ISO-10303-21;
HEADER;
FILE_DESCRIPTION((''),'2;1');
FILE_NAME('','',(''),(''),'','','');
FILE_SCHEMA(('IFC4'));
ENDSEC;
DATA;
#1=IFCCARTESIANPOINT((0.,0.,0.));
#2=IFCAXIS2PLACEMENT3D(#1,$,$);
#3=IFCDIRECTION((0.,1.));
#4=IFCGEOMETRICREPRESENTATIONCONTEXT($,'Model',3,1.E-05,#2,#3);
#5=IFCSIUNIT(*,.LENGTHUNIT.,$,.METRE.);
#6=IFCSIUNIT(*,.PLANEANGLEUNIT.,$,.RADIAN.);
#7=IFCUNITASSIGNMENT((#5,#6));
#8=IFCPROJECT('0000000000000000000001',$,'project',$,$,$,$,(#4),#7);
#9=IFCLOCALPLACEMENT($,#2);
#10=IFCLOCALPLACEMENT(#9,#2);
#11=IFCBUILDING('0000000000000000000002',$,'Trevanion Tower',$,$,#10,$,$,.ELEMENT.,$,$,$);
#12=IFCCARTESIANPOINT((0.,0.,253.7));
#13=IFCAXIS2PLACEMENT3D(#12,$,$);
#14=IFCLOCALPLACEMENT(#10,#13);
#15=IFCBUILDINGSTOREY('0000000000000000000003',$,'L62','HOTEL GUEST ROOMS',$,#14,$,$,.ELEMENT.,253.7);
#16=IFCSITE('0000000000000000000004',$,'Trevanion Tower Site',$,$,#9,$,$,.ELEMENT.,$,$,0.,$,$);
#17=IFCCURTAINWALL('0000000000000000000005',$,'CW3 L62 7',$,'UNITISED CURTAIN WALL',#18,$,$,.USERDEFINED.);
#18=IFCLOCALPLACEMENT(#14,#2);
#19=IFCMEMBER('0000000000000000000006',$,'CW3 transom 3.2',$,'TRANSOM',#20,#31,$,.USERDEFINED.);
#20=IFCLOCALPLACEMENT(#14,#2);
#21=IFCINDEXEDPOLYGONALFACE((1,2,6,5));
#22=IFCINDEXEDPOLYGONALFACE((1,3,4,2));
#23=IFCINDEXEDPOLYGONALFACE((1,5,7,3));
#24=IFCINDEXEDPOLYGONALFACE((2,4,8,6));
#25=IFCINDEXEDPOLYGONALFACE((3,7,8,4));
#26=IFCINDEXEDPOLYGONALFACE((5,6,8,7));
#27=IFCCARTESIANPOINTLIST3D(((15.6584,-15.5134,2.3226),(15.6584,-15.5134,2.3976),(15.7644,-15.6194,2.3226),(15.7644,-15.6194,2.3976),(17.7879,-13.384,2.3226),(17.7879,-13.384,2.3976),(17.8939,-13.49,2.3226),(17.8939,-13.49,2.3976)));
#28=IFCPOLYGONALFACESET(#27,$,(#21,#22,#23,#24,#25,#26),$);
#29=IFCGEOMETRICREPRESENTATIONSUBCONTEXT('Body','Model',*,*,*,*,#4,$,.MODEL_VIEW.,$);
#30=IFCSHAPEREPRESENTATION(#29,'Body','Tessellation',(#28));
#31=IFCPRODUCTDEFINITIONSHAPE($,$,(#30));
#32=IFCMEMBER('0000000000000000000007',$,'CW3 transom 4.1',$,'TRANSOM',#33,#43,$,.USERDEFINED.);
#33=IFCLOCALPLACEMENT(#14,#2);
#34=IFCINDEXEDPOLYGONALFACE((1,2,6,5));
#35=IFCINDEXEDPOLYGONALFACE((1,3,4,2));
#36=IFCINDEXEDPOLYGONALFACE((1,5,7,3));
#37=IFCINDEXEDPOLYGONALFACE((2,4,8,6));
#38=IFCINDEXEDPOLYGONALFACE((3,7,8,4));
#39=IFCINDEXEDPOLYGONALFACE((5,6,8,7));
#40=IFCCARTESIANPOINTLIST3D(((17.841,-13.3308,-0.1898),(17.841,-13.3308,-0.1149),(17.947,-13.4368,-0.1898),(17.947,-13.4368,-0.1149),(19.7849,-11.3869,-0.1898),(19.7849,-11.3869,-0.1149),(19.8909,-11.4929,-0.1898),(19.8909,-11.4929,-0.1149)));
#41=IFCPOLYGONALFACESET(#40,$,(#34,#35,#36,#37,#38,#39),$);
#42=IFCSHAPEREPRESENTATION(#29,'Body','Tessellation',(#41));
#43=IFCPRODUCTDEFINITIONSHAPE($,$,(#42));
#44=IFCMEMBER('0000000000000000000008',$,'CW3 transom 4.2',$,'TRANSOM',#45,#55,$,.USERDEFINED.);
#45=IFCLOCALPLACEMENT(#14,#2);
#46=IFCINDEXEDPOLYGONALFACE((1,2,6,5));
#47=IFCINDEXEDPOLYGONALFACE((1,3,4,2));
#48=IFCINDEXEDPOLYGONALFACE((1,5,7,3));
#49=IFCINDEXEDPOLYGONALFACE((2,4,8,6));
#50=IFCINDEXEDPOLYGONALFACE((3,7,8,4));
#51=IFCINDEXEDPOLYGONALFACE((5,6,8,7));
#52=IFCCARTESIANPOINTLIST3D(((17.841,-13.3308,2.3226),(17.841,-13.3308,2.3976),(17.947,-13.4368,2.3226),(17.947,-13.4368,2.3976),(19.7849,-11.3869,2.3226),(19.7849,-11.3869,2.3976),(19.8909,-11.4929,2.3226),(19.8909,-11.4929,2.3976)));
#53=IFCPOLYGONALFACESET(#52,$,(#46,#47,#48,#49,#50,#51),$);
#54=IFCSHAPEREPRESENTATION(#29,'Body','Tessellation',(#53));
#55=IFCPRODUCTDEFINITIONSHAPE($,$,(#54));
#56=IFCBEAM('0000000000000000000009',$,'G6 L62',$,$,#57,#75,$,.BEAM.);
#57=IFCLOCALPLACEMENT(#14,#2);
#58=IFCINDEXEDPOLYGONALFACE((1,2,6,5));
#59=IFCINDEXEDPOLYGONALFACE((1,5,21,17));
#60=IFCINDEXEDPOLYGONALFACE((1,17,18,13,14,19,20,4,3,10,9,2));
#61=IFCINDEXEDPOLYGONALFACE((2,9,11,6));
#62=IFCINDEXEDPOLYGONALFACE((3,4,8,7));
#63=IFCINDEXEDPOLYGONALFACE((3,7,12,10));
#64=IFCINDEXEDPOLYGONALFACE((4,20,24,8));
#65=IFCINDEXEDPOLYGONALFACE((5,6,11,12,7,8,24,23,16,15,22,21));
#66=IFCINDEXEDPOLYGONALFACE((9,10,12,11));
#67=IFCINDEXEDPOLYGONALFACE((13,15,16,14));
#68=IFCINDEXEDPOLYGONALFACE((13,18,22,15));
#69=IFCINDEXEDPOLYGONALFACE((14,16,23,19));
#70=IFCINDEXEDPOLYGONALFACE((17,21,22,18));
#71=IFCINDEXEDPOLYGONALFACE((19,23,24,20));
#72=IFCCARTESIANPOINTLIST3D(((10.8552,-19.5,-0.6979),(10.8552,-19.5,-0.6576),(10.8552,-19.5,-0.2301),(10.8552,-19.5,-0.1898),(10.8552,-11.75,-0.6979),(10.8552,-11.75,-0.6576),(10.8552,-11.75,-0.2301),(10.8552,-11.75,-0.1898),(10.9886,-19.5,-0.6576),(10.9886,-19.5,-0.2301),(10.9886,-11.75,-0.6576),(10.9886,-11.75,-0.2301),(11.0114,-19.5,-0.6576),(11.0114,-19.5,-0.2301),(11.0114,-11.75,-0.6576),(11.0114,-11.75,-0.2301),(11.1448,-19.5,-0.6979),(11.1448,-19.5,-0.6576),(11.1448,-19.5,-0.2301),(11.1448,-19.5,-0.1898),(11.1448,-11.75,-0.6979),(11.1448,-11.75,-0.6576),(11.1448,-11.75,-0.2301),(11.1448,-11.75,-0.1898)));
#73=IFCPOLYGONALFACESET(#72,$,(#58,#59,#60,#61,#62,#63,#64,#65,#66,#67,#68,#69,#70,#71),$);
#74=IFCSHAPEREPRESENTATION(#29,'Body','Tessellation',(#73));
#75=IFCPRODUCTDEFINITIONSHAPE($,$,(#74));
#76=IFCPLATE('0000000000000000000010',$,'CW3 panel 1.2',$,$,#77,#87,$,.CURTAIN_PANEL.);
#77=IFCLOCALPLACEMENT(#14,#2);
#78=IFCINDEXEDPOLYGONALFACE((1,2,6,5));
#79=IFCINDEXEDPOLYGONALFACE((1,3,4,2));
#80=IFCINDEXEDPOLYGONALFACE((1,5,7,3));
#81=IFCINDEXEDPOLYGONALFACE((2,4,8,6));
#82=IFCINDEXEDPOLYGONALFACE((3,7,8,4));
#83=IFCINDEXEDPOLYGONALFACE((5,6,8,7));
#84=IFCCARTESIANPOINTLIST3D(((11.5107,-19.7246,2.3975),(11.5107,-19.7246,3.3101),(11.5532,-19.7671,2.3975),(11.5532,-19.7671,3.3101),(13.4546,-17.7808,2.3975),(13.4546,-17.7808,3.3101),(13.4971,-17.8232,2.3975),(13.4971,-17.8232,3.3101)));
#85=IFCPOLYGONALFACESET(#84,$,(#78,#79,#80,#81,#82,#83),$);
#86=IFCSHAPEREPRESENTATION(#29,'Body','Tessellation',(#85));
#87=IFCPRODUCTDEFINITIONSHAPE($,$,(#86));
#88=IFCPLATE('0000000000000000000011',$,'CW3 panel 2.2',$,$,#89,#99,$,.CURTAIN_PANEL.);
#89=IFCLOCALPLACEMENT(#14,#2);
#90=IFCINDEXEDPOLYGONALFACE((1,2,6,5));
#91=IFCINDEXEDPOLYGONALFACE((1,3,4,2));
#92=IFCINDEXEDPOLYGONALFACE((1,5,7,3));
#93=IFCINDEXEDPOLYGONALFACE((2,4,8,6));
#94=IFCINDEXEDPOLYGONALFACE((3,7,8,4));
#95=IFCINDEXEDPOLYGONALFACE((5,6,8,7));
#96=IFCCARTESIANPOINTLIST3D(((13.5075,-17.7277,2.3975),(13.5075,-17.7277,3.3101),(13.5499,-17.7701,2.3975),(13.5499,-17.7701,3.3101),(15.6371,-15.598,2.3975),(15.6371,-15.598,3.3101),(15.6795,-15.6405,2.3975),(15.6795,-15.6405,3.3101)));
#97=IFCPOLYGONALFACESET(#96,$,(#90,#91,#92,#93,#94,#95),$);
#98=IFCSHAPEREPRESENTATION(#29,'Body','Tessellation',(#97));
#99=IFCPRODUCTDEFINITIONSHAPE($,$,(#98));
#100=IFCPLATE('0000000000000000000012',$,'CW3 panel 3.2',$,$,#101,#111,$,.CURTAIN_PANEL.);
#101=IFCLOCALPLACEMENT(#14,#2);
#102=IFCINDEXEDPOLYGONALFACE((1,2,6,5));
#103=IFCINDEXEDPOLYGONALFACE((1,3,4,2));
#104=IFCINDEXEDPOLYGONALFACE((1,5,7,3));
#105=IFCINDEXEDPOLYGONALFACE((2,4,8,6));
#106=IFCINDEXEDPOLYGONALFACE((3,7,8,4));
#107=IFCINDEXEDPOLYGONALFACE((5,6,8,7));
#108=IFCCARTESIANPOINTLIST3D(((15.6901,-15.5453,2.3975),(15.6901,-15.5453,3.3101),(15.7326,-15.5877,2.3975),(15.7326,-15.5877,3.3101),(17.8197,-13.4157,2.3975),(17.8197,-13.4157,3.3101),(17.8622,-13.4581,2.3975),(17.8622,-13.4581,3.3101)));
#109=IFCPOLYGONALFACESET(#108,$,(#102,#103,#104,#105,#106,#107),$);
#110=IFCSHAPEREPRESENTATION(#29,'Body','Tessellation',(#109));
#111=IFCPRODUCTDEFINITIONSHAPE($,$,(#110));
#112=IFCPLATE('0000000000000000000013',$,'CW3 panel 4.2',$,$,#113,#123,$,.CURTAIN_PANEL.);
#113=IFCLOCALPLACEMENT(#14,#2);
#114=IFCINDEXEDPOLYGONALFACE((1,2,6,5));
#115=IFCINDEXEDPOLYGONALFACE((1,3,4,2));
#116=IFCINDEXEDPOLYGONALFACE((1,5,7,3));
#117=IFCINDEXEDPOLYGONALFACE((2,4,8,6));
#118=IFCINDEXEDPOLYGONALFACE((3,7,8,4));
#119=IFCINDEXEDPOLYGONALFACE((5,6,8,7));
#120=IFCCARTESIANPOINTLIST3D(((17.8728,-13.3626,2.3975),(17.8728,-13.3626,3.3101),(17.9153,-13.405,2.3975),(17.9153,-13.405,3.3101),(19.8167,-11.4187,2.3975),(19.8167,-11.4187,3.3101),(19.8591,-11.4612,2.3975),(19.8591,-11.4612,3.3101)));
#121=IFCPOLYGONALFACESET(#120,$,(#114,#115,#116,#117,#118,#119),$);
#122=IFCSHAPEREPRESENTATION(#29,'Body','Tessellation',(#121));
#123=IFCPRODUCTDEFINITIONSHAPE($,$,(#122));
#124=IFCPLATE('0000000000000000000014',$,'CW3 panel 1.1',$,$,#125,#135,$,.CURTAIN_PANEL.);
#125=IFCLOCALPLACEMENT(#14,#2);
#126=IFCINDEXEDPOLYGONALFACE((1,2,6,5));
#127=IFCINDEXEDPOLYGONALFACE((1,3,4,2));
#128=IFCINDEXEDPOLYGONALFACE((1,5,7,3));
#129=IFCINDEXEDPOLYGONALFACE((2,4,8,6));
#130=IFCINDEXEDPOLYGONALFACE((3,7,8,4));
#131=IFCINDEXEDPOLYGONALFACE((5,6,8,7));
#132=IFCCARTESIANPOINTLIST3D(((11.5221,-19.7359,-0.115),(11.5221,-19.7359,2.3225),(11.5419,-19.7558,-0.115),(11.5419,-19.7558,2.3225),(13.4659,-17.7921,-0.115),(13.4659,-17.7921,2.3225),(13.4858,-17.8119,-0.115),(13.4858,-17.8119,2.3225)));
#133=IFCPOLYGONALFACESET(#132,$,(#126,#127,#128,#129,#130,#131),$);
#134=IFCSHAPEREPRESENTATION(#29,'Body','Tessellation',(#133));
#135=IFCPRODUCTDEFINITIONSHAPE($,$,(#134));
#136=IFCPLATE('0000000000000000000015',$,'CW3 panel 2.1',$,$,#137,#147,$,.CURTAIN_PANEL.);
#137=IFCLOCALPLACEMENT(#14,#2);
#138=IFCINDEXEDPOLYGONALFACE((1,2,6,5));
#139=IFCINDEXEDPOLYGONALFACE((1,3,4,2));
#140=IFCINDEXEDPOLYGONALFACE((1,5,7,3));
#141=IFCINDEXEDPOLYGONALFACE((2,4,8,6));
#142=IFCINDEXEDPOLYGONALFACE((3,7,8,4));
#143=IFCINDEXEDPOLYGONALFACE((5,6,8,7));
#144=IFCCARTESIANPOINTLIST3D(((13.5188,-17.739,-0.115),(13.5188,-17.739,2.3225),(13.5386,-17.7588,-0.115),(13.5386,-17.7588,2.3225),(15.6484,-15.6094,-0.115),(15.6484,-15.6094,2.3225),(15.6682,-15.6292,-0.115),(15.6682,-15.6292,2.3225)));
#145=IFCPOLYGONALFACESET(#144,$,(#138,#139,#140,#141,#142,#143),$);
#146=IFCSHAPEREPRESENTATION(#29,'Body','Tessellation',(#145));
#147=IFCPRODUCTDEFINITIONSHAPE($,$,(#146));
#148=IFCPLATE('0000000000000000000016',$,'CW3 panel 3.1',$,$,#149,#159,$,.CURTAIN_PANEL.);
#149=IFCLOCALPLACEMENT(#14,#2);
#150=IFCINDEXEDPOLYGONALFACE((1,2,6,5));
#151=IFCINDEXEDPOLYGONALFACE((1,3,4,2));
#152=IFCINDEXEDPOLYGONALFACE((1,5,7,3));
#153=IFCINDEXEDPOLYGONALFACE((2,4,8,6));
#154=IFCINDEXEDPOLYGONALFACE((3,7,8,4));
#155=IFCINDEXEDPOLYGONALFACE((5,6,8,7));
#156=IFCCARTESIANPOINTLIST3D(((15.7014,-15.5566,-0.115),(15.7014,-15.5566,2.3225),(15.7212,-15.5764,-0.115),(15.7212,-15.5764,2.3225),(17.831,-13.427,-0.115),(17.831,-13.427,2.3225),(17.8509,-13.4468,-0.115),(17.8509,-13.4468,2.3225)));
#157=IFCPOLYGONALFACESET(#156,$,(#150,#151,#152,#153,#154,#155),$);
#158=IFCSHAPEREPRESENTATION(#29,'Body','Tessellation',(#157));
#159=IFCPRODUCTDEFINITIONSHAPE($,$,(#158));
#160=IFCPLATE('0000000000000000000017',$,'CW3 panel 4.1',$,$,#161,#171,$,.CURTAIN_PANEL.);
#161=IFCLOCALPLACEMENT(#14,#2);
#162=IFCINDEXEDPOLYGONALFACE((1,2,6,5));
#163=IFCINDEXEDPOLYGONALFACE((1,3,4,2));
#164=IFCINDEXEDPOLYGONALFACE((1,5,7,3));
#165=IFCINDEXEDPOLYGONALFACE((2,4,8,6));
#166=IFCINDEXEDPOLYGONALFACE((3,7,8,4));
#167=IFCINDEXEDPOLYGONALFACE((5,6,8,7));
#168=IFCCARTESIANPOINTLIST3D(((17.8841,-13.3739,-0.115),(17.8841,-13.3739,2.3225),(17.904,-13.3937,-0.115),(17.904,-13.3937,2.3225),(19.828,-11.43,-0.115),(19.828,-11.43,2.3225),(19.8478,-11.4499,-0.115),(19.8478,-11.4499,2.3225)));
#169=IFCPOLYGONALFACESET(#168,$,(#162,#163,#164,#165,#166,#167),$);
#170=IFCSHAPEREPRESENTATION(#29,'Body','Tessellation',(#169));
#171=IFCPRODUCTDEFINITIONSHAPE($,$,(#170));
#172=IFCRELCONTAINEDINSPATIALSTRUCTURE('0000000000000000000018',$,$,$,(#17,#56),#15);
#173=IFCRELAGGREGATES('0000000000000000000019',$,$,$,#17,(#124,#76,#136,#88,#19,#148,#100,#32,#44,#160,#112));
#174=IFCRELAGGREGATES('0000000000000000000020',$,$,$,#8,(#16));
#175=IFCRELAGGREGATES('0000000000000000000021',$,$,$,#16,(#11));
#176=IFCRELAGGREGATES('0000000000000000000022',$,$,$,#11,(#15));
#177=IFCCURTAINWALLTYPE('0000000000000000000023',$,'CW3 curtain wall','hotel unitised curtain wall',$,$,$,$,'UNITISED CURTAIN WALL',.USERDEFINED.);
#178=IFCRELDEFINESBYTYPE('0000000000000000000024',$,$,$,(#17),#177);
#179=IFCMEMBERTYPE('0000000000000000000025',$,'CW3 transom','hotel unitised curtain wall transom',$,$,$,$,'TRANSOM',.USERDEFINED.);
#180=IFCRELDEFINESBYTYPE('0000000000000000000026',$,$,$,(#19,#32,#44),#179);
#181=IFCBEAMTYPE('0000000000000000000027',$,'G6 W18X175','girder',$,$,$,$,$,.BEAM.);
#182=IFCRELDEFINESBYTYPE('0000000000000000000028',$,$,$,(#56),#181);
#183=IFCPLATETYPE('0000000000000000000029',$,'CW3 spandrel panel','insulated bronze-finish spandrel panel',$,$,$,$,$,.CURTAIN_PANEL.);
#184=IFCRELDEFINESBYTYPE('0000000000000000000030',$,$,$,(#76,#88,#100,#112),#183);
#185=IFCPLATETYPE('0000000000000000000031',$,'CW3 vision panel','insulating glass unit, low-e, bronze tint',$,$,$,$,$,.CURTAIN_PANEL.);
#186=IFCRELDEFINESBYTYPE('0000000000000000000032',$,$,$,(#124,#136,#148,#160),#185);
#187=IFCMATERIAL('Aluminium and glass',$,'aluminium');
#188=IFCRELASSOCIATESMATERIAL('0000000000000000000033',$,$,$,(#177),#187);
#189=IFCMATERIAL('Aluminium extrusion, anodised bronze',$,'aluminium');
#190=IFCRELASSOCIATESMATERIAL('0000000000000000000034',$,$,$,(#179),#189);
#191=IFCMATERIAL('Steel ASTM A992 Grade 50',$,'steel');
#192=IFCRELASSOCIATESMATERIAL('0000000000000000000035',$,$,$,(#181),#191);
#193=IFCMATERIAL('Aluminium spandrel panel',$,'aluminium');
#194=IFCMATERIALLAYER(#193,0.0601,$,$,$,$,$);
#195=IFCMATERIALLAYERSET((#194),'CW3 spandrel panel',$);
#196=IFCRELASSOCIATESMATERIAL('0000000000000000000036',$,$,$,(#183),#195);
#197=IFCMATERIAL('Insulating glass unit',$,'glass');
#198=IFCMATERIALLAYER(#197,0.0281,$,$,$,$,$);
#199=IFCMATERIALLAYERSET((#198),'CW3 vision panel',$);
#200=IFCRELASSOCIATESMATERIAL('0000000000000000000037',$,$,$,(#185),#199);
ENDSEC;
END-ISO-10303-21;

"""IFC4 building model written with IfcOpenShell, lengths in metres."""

from ifc_helpers import new_model, si_unit, direction, frame, origin, origin_2d, place, context, subcontext, project, spatial, rectangle, i_section, extrude, material, layer, layer_set, material_profile, profile_set, type_object, element, aggregate, save


model = new_model("IFC4")

# Units and contexts
model_context = context("Model", 3, precision=1e-05, world=origin(), true_north=direction((0.0, 1.0)))
body_context = subcontext(model_context, "Body", "Model", "MODEL_VIEW")
ifc_project = project(units=[si_unit("LENGTHUNIT", "METRE"), si_unit("PLANEANGLEUNIT", "RADIAN")], contexts=[model_context])

# Site, building, storey
site_placement = place(None, origin())
site = spatial("IfcSite", under=ifc_project, at=site_placement, Name="Trevanion Tower Site", CompositionType="ELEMENT", RefElevation=0.0)
building_placement = place(site_placement, origin())
building = spatial("IfcBuilding", under=site, at=building_placement, Name="Trevanion Tower", CompositionType="ELEMENT")
storey_placement = place(building_placement, frame((0.0, 0.0, 253.7)))
storey = spatial("IfcBuildingStorey", under=building, at=storey_placement, Name="L62", Description="HOTEL GUEST ROOMS", CompositionType="ELEMENT", Elevation=253.7)

# Curtain wall
ifc_material_1 = material(Name="Aluminium and glass", Category="aluminium")
curtain_wall_type = type_object("IfcCurtainWallType", Name="CW3 curtain wall", Description="hotel unitised curtain wall", ElementType="UNITISED CURTAIN WALL", PredefinedType="USERDEFINED", material=ifc_material_1)
curtain_wall_1_placement = place(storey_placement, origin())
curtain_wall_1 = element("IfcCurtainWall", 1, at=curtain_wall_1_placement, inside=storey, type_object=curtain_wall_type, Name="CW3 L62 7", ObjectType="UNITISED CURTAIN WALL", PredefinedType="USERDEFINED")

# Members
ifc_material_2 = material(Name="Aluminium extrusion, anodised bronze", Category="aluminium")
ifc_material_profile_1 = material_profile(ifc_material_2, rectangle(XDim=0.1499, YDim=0.075, at=origin_2d()), Name="CW3 transom")
ifc_profile_set_1 = profile_set([ifc_material_profile_1], Name="Aluminium extrusion, anodised bronze")
member_type_1 = type_object("IfcMemberType", Name="CW3 transom", Description="hotel unitised curtain wall transom", ElementType="TRANSOM", PredefinedType="USERDEFINED", material=ifc_profile_set_1)
member_1_placement = place(storey_placement, frame((15.7114, -15.5664, 2.3601), z_axis=(0.707107, 0.707107, 0.0), x_axis=(-0.707107, 0.707107, 0.0)))
member_1 = element("IfcMember", 2, at=member_1_placement, type_object=member_type_1, Name="CW3 transom 3.2", ObjectType="TRANSOM", PredefinedType="USERDEFINED", context=body_context, shape_type="SweptSolid", body=[
    extrude(rectangle(XDim=0.1499, YDim=0.075, at=origin_2d()), origin(), (0.0, 0.0, 1.0), 3.0115),
])
member_2_placement = place(storey_placement, frame((17.894, -13.3838, -0.1523), z_axis=(0.707107, 0.707107, 0.0), x_axis=(-0.707107, 0.707107, 0.0)))
member_2 = element("IfcMember", 3, at=member_2_placement, type_object=member_type_1, Name="CW3 transom 4.1", ObjectType="TRANSOM", PredefinedType="USERDEFINED", context=body_context, shape_type="SweptSolid", body=[
    extrude(rectangle(XDim=0.1499, YDim=0.075, at=origin_2d()), origin(), (0.0, 0.0, 1.0), 2.749),
])
member_3_placement = place(storey_placement, frame((17.894, -13.3838, 2.3601), z_axis=(0.707107, 0.707107, 0.0), x_axis=(-0.707107, 0.707107, 0.0)))
member_3 = element("IfcMember", 4, at=member_3_placement, type_object=member_type_1, Name="CW3 transom 4.2", ObjectType="TRANSOM", PredefinedType="USERDEFINED", context=body_context, shape_type="SweptSolid", body=[
    extrude(rectangle(XDim=0.1499, YDim=0.075, at=origin_2d()), origin(), (0.0, 0.0, 1.0), 2.749),
])

# Beam
ifc_material_3 = material(Name="Steel ASTM A992 Grade 50", Category="steel")
ifc_material_profile_2 = material_profile(ifc_material_3, i_section(OverallWidth=0.2896, OverallDepth=0.5081, WebThickness=0.0227, FlangeThickness=0.0403, at=origin_2d()), Name="W18X175")
ifc_profile_set_2 = profile_set([ifc_material_profile_2], Name="Steel ASTM A992 Grade 50")
beam_type_1 = type_object("IfcBeamType", Name="G6 W18X175", Description="girder", PredefinedType="BEAM", material=ifc_profile_set_2)
beam_1_placement = place(storey_placement, frame((11.0, -11.75, -0.4438), z_axis=(0.0, -1.0, 0.0), x_axis=(1.0, 0.0, 0.0)))
element("IfcBeam", 5, at=beam_1_placement, inside=storey, type_object=beam_type_1, Name="G6 L62", PredefinedType="BEAM", context=body_context, shape_type="SweptSolid", body=[
    extrude(i_section(OverallWidth=0.2896, OverallDepth=0.5081, WebThickness=0.0227, FlangeThickness=0.0403, at=origin_2d()), origin(), (0.0, 0.0, 1.0), 7.75),
])

# Plates
ifc_material_4 = material(Name="Aluminium spandrel panel", Category="aluminium")
ifc_layer_1 = layer(ifc_material_4, 0.0601)
ifc_layer_set_1 = layer_set([ifc_layer_1], Name="CW3 spandrel panel")
plate_type_1 = type_object("IfcPlateType", Name="CW3 spandrel panel", Description="insulated bronze-finish spandrel panel", PredefinedType="CURTAIN_PANEL", material=ifc_layer_set_1)
plate_1_placement = place(storey_placement, frame((12.5039, -18.7739, 2.3975), z_axis=(0.0, 0.0, 1.0), x_axis=(0.707107, 0.707107, 0.0)))
plate_1 = element("IfcPlate", 6, at=plate_1_placement, type_object=plate_type_1, Name="CW3 panel 1.2", PredefinedType="CURTAIN_PANEL", context=body_context, shape_type="SweptSolid", body=[
    extrude(rectangle(XDim=2.749, YDim=0.0601, at=origin_2d()), origin(), (0.0, 0.0, 1.0), 0.9126),
])
plate_2_placement = place(storey_placement, frame((14.5935, -16.6841, 2.3975), z_axis=(0.0, 0.0, 1.0), x_axis=(0.707107, 0.707107, 0.0)))
plate_2 = element("IfcPlate", 7, at=plate_2_placement, type_object=plate_type_1, Name="CW3 panel 2.2", PredefinedType="CURTAIN_PANEL", context=body_context, shape_type="SweptSolid", body=[
    extrude(rectangle(XDim=3.0117, YDim=0.0601, at=origin_2d()), origin(), (0.0, 0.0, 1.0), 0.9126),
])
plate_3_placement = place(storey_placement, frame((16.7761, -14.5017, 2.3975), z_axis=(0.0, 0.0, 1.0), x_axis=(0.707107, 0.707107, 0.0)))
plate_3 = element("IfcPlate", 8, at=plate_3_placement, type_object=plate_type_1, Name="CW3 panel 3.2", PredefinedType="CURTAIN_PANEL", context=body_context, shape_type="SweptSolid", body=[
    extrude(rectangle(XDim=3.0117, YDim=0.0601, at=origin_2d()), origin(), (0.0, 0.0, 1.0), 0.9126),
])
plate_4_placement = place(storey_placement, frame((18.866, -12.4119, 2.3975), z_axis=(0.0, 0.0, 1.0), x_axis=(0.707107, 0.707107, 0.0)))
plate_4 = element("IfcPlate", 9, at=plate_4_placement, type_object=plate_type_1, Name="CW3 panel 4.2", PredefinedType="CURTAIN_PANEL", context=body_context, shape_type="SweptSolid", body=[
    extrude(rectangle(XDim=2.749, YDim=0.0601, at=origin_2d()), origin(), (0.0, 0.0, 1.0), 0.9126),
])
ifc_material_5 = material(Name="Insulating glass unit", Category="glass")
ifc_layer_2 = layer(ifc_material_5, 0.0281)
ifc_layer_set_2 = layer_set([ifc_layer_2], Name="CW3 vision panel")
plate_type_2 = type_object("IfcPlateType", Name="CW3 vision panel", Description="insulating glass unit, low-e, bronze tint", PredefinedType="CURTAIN_PANEL", material=ifc_layer_set_2)
plate_5_placement = place(storey_placement, frame((12.5039, -18.7739, -0.115), z_axis=(0.0, 0.0, 1.0), x_axis=(0.707107, 0.707107, 0.0)))
plate_5 = element("IfcPlate", 10, at=plate_5_placement, type_object=plate_type_2, Name="CW3 panel 1.1", PredefinedType="CURTAIN_PANEL", context=body_context, shape_type="SweptSolid", body=[
    extrude(rectangle(XDim=2.749, YDim=0.0281, at=origin_2d()), origin(), (0.0, 0.0, 1.0), 2.4375),
])
plate_6_placement = place(storey_placement, frame((14.5935, -16.6841, -0.115), z_axis=(0.0, 0.0, 1.0), x_axis=(0.707107, 0.707107, 0.0)))
plate_6 = element("IfcPlate", 11, at=plate_6_placement, type_object=plate_type_2, Name="CW3 panel 2.1", PredefinedType="CURTAIN_PANEL", context=body_context, shape_type="SweptSolid", body=[
    extrude(rectangle(XDim=3.0117, YDim=0.0281, at=origin_2d()), origin(), (0.0, 0.0, 1.0), 2.4375),
])
plate_7_placement = place(storey_placement, frame((16.7761, -14.5017, -0.115), z_axis=(0.0, 0.0, 1.0), x_axis=(0.707107, 0.707107, 0.0)))
plate_7 = element("IfcPlate", 12, at=plate_7_placement, type_object=plate_type_2, Name="CW3 panel 3.1", PredefinedType="CURTAIN_PANEL", context=body_context, shape_type="SweptSolid", body=[
    extrude(rectangle(XDim=3.0117, YDim=0.0281, at=origin_2d()), origin(), (0.0, 0.0, 1.0), 2.4375),
])
plate_8_placement = place(storey_placement, frame((18.866, -12.4119, -0.115), z_axis=(0.0, 0.0, 1.0), x_axis=(0.707107, 0.707107, 0.0)))
plate_8 = element("IfcPlate", 13, at=plate_8_placement, type_object=plate_type_2, Name="CW3 panel 4.1", PredefinedType="CURTAIN_PANEL", context=body_context, shape_type="SweptSolid", body=[
    extrude(rectangle(XDim=2.749, YDim=0.0281, at=origin_2d()), origin(), (0.0, 0.0, 1.0), 2.4375),
])
aggregate(curtain_wall_1, [plate_5, plate_1, plate_6, plate_2, member_1, plate_7, plate_3, member_2, member_3, plate_8, plate_4])

save(model, "model.ifc")
